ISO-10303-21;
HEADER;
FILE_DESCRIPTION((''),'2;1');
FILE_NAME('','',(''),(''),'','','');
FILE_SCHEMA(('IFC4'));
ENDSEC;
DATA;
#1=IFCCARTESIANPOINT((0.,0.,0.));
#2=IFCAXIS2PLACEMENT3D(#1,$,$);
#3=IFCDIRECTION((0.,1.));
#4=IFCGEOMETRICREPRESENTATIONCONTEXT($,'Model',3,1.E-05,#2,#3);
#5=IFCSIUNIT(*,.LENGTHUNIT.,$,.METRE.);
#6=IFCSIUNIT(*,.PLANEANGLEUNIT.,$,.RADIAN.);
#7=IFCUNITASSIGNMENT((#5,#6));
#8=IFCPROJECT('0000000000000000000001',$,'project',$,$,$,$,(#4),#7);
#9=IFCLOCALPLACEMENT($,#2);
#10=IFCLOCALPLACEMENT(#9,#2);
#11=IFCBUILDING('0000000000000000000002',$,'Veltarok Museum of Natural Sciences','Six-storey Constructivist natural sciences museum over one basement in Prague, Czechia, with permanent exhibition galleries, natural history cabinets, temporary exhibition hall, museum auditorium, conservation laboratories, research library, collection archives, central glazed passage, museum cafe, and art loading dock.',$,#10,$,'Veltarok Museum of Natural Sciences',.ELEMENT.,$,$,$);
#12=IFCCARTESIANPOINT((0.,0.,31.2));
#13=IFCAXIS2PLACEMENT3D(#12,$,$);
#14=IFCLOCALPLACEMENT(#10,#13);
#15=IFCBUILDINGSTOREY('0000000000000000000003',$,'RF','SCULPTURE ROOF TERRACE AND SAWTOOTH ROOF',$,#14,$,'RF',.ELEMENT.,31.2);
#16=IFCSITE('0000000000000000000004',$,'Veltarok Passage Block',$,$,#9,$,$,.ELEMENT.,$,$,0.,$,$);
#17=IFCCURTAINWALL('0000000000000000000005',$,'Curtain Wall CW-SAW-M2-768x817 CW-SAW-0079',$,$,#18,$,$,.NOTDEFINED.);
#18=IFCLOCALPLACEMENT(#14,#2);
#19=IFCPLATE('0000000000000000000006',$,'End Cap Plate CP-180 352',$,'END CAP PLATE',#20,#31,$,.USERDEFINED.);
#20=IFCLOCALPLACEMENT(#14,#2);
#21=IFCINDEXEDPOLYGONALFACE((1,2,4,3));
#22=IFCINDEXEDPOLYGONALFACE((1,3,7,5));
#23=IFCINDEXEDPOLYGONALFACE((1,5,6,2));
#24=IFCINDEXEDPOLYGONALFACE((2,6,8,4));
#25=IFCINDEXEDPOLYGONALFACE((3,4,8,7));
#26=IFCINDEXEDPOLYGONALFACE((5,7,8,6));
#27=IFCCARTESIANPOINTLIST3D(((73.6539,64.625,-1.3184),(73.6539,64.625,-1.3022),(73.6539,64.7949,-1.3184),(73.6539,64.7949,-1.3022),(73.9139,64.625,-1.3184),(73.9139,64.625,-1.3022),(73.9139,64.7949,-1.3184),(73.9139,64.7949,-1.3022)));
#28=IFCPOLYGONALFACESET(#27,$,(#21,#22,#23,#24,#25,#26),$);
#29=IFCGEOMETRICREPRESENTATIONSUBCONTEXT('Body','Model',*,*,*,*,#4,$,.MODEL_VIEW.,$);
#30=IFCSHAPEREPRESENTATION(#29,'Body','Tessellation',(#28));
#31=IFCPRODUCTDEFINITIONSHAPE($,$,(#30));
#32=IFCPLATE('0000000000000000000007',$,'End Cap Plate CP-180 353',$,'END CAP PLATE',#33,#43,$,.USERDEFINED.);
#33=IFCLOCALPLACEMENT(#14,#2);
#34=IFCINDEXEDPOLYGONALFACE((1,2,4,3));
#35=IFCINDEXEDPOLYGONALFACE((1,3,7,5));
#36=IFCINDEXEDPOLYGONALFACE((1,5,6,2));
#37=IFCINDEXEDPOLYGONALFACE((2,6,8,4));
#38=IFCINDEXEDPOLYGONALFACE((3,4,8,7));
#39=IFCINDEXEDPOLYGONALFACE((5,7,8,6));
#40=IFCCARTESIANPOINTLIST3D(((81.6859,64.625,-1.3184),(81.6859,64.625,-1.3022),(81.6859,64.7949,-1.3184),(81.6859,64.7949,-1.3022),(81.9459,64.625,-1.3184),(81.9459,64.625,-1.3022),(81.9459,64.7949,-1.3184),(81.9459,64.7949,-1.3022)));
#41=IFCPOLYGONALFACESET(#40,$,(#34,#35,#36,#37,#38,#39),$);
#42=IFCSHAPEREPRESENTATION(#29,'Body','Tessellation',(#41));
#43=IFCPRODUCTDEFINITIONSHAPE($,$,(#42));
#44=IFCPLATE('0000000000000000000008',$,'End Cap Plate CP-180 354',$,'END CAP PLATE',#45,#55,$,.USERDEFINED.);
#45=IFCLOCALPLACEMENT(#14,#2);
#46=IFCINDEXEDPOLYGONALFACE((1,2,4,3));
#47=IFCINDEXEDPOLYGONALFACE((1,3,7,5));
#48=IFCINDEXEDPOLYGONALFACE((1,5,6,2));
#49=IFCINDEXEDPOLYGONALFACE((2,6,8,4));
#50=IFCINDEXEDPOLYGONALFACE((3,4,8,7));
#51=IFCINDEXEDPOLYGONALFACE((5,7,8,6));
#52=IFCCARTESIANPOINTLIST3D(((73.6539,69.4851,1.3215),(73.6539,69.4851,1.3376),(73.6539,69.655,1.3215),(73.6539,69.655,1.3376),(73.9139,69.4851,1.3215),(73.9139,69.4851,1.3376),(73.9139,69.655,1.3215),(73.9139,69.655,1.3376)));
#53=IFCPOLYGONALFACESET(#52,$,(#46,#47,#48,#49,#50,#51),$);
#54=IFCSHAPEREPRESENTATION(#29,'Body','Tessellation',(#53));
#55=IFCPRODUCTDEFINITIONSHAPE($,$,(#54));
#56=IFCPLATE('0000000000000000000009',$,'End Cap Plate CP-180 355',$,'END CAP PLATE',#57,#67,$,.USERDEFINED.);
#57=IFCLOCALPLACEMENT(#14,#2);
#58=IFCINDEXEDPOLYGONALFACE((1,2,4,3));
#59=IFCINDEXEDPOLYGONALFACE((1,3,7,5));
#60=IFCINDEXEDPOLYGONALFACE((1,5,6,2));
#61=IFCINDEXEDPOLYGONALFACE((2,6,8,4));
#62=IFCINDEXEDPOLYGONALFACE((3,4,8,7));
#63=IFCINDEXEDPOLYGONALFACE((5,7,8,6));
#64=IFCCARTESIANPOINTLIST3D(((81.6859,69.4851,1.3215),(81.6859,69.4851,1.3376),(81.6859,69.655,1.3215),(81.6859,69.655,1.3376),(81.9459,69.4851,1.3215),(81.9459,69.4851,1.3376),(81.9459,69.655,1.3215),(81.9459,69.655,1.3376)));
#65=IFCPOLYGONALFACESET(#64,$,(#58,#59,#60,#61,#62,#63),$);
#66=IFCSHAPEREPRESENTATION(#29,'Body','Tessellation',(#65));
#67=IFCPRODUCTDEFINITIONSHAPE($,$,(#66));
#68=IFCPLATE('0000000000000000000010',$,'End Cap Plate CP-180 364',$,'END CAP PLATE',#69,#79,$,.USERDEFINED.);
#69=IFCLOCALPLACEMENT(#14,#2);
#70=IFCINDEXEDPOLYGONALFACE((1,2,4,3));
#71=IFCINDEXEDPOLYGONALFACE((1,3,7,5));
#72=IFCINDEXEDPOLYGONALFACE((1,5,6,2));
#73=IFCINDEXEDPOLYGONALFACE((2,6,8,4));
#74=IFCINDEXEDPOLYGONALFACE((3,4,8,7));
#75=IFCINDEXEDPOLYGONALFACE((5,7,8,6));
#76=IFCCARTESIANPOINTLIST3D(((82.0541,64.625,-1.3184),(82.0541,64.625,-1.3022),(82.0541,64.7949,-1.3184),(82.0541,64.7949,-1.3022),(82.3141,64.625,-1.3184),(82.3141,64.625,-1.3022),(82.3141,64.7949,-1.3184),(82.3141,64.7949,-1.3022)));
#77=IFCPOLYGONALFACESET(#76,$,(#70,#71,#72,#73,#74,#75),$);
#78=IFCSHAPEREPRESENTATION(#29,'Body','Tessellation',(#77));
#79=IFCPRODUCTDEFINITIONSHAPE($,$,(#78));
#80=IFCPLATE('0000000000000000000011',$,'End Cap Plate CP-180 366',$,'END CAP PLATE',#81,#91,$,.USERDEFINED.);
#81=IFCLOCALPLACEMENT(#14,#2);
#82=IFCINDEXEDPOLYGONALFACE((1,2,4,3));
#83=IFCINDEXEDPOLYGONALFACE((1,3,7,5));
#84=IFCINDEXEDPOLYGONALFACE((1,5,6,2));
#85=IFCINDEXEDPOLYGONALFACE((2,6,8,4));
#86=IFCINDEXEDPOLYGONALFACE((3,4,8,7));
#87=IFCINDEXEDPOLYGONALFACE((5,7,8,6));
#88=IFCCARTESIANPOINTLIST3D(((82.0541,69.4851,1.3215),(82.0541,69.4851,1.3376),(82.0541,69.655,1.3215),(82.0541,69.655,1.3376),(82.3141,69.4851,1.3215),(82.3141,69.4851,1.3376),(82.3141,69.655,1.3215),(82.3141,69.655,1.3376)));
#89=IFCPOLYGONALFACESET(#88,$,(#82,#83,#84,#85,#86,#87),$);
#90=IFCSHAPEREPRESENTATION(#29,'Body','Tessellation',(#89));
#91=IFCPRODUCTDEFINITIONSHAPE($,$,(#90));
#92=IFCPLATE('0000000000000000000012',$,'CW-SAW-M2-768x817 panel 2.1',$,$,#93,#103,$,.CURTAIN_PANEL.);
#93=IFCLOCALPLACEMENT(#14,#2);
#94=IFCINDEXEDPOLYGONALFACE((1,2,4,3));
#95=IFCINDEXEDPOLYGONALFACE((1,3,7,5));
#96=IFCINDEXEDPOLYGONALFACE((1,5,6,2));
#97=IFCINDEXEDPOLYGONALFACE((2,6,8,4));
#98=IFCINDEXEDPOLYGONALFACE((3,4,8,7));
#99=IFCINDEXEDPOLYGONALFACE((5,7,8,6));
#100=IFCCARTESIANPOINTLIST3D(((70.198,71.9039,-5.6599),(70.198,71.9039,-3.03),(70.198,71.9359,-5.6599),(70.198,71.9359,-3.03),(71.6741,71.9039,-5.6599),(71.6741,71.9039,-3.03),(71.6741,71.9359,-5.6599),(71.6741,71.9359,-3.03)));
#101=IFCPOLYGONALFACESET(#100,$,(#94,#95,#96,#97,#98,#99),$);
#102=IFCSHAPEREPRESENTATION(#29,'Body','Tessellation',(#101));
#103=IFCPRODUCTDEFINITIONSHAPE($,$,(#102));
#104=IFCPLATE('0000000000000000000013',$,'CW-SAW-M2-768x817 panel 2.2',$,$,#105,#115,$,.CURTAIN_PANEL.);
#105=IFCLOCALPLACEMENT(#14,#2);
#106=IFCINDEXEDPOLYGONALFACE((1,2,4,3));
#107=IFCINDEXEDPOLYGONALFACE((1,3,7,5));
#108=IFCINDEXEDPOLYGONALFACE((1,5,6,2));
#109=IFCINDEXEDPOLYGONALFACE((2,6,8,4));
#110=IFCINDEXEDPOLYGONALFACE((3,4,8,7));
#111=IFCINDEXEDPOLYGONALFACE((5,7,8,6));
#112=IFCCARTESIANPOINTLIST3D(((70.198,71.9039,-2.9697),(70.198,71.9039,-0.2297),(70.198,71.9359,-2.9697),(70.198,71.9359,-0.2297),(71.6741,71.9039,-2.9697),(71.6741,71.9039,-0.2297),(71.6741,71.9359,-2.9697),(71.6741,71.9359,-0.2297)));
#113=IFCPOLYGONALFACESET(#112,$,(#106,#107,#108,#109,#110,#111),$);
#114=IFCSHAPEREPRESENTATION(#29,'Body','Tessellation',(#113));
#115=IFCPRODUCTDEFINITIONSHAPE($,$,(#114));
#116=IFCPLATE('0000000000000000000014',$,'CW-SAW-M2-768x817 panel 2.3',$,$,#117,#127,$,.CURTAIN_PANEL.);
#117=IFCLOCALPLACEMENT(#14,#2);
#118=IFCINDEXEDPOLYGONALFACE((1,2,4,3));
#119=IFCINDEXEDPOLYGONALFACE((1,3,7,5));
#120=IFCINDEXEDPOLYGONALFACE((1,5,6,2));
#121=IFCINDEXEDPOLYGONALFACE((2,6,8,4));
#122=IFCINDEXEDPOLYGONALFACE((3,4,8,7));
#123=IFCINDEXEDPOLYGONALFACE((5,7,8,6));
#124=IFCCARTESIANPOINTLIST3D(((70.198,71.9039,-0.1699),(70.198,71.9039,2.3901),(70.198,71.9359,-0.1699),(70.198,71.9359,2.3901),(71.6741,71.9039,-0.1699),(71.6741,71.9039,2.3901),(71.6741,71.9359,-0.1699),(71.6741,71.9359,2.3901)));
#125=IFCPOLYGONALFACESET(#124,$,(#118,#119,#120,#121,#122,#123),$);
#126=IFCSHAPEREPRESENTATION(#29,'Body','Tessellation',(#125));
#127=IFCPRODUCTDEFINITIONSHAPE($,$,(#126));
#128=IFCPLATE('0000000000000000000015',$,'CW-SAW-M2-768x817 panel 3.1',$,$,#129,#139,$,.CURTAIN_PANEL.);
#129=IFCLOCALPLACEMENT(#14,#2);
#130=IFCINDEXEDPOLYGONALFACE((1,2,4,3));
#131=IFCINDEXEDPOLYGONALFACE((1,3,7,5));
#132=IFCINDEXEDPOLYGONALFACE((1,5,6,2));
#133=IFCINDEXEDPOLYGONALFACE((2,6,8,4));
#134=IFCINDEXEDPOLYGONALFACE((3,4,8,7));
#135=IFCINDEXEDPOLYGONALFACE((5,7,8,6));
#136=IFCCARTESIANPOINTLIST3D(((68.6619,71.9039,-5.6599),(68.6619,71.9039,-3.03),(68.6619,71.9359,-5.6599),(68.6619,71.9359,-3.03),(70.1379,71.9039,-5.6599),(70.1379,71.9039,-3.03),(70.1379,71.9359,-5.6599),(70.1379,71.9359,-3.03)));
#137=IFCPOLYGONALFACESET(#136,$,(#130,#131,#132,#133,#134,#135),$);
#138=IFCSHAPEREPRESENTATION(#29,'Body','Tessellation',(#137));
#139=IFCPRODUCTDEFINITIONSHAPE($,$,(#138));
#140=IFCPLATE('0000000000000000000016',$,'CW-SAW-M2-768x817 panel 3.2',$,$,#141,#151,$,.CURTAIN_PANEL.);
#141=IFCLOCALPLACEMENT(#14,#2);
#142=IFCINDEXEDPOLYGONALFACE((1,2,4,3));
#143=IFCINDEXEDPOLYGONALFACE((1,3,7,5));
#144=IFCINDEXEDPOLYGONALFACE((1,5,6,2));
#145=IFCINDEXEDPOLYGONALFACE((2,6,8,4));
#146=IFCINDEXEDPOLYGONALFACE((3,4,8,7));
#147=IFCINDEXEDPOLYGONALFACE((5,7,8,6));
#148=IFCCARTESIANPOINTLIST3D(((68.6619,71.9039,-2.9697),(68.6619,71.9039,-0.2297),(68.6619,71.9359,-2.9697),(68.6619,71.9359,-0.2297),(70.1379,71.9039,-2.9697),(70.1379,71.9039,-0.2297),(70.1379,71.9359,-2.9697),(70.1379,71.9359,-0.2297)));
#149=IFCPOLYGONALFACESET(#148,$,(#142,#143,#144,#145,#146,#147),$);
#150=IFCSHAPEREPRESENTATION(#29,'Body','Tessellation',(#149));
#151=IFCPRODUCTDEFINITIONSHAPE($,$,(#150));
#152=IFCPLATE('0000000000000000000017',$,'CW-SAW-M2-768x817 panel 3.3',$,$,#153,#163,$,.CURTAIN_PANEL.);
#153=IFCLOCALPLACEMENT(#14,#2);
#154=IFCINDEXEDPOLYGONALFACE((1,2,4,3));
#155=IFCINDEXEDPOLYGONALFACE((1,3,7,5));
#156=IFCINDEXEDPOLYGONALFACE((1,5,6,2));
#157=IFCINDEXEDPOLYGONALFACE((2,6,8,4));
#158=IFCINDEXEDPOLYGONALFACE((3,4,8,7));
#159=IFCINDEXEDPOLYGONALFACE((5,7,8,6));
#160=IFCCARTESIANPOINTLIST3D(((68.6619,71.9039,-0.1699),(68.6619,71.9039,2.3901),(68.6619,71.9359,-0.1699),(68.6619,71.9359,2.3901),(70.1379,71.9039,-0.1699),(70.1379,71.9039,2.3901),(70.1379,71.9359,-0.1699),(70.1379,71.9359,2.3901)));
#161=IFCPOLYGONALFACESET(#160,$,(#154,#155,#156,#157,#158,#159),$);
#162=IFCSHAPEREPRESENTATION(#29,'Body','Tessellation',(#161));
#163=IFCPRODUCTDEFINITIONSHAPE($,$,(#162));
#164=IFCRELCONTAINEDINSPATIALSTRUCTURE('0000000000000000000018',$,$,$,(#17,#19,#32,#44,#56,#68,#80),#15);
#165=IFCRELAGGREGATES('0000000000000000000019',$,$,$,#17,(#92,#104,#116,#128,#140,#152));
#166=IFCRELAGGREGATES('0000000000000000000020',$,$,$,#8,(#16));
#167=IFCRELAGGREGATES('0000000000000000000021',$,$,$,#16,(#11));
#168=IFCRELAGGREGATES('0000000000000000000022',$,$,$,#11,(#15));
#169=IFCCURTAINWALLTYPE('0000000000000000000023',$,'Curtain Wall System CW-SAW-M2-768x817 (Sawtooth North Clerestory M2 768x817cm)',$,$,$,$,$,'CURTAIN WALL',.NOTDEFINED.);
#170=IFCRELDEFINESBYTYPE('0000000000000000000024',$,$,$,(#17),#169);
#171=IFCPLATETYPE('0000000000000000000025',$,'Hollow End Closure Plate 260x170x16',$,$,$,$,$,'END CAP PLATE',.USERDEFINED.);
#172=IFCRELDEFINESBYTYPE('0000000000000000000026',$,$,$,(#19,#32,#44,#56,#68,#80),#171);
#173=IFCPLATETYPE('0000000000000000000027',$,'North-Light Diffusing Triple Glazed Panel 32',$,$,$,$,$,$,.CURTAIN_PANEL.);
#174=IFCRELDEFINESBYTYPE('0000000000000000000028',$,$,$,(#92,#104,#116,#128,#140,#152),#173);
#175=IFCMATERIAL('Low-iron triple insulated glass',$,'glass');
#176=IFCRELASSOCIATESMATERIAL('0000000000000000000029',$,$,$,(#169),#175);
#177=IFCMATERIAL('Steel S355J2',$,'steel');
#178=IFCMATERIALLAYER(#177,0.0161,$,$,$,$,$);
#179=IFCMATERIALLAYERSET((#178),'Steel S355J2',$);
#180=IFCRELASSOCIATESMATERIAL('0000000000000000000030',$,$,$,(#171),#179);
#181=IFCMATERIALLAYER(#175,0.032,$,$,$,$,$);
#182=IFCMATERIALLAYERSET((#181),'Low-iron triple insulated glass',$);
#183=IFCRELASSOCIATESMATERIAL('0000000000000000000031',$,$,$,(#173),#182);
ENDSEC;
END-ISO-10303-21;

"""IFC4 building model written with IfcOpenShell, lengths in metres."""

from ifc_helpers import new_model, si_unit, direction, frame, origin, origin_2d, place, context, subcontext, project, spatial, rectangle, extrude, material, layer, layer_set, type_object, element, aggregate, save


model = new_model("IFC4")

# Units and contexts
model_context = context("Model", 3, precision=1e-05, world=origin(), true_north=direction((0.0, 1.0)))
body_context = subcontext(model_context, "Body", "Model", "MODEL_VIEW")
ifc_project = project(units=[si_unit("LENGTHUNIT", "METRE"), si_unit("PLANEANGLEUNIT", "RADIAN")], contexts=[model_context])

# Site, building, storey
site_placement = place(None, origin())
site = spatial("IfcSite", under=ifc_project, at=site_placement, Name="Veltarok Passage Block", CompositionType="ELEMENT", RefElevation=0.0)
building_placement = place(site_placement, origin())
building = spatial("IfcBuilding", under=site, at=building_placement, Name="Veltarok Museum of Natural Sciences", Description="Six-storey Constructivist natural sciences museum over one basement in Prague, Czechia, with permanent exhibition galleries, natural history cabinets, temporary exhibition hall, museum auditorium, conservation laboratories, research library, collection archives, central glazed passage, museum cafe, and art loading dock.", LongName="Veltarok Museum of Natural Sciences", CompositionType="ELEMENT")
storey_placement = place(building_placement, frame((0.0, 0.0, 31.2)))
storey = spatial("IfcBuildingStorey", under=building, at=storey_placement, Name="RF", Description="SCULPTURE ROOF TERRACE AND SAWTOOTH ROOF", LongName="RF", CompositionType="ELEMENT", Elevation=31.2)

# Curtain wall
ifc_material_1 = material(Name="Low-iron triple insulated glass", Category="glass")
curtain_wall_type = type_object("IfcCurtainWallType", Name="Curtain Wall System CW-SAW-M2-768x817 (Sawtooth North Clerestory M2 768x817cm)", ElementType="CURTAIN WALL", PredefinedType="NOTDEFINED", material=ifc_material_1)
curtain_wall_placement = place(storey_placement, origin())
curtain_wall = element("IfcCurtainWall", 1, at=curtain_wall_placement, inside=storey, type_object=curtain_wall_type, Name="Curtain Wall CW-SAW-M2-768x817 CW-SAW-0079", PredefinedType="NOTDEFINED")

# Shared definitions
ifc_material_2 = material(Name="Steel S355J2", Category="steel")

# Plates
ifc_layer_1 = layer(ifc_material_2, 0.0161)
ifc_layer_set_1 = layer_set([ifc_layer_1], Name="Steel S355J2")
plate_type_1 = type_object("IfcPlateType", Name="Hollow End Closure Plate 260x170x16", ElementType="END CAP PLATE", PredefinedType="USERDEFINED", material=ifc_layer_set_1)
for number, where, z_axis, x_axis, name in (
    (2, (73.7839, 64.71, -1.3184), (0.0, 0.0, 1.0), (1.0, 0.0, 0.0), "End Cap Plate CP-180 352"),
    (3, (81.8159, 64.71, -1.3184), (0.0, 0.0, 1.0), (1.0, 0.0, 0.0), "End Cap Plate CP-180 353"),
    (4, (73.7839, 69.5701, 1.3215), (0.0, 0.0, 1.0), (1.0, 0.0, 0.0), "End Cap Plate CP-180 354"),
    (5, (81.8159, 69.5701, 1.3215), (0.0, 0.0, 1.0), (1.0, 0.0, 0.0), "End Cap Plate CP-180 355"),
    (6, (82.1841, 64.71, -1.3184), (0.0, 0.0, 1.0), (1.0, 0.0, 0.0), "End Cap Plate CP-180 364"),
    (7, (82.1841, 69.5701, 1.3215), (0.0, 0.0, 1.0), (1.0, 0.0, 0.0), "End Cap Plate CP-180 366"),
):
    element("IfcPlate", number, at=place(storey_placement, frame(where, z_axis=z_axis, x_axis=x_axis)), inside=storey, type_object=plate_type_1, Name=name, ObjectType="END CAP PLATE", PredefinedType="USERDEFINED", context=body_context, shape_type="SweptSolid", body=[
        extrude(rectangle(XDim=0.26, YDim=0.1699, at=origin_2d()), origin(), (0.0, 0.0, 1.0), 0.0161),
    ])

# Plates
ifc_layer_2 = layer(ifc_material_1, 0.032)
ifc_layer_set_2 = layer_set([ifc_layer_2], Name="Low-iron triple insulated glass")
plate_type_2 = type_object("IfcPlateType", Name="North-Light Diffusing Triple Glazed Panel 32", PredefinedType="CURTAIN_PANEL", material=ifc_layer_set_2)
plate_1_placement = place(storey_placement, frame((70.936, 71.9199, -5.6599), z_axis=(0.0, 0.0, 1.0), x_axis=(-1.0, 0.0, 0.0)))
plate_1 = element("IfcPlate", 8, at=plate_1_placement, type_object=plate_type_2, Name="CW-SAW-M2-768x817 panel 2.1", PredefinedType="CURTAIN_PANEL", context=body_context, shape_type="SweptSolid", body=[
    extrude(rectangle(XDim=1.4761, YDim=0.032, at=origin_2d()), origin(), (0.0, 0.0, 1.0), 2.6299),
])
plate_2_placement = place(storey_placement, frame((70.936, 71.9199, -2.9697), z_axis=(0.0, 0.0, 1.0), x_axis=(-1.0, 0.0, 0.0)))
plate_2 = element("IfcPlate", 9, at=plate_2_placement, type_object=plate_type_2, Name="CW-SAW-M2-768x817 panel 2.2", PredefinedType="CURTAIN_PANEL", context=body_context, shape_type="SweptSolid", body=[
    extrude(rectangle(XDim=1.4761, YDim=0.032, at=origin_2d()), origin(), (0.0, 0.0, 1.0), 2.74),
])
plate_3_placement = place(storey_placement, frame((70.936, 71.9199, -0.1699), z_axis=(0.0, 0.0, 1.0), x_axis=(-1.0, 0.0, 0.0)))
plate_3 = element("IfcPlate", 10, at=plate_3_placement, type_object=plate_type_2, Name="CW-SAW-M2-768x817 panel 2.3", PredefinedType="CURTAIN_PANEL", context=body_context, shape_type="SweptSolid", body=[
    extrude(rectangle(XDim=1.4761, YDim=0.032, at=origin_2d()), origin(), (0.0, 0.0, 1.0), 2.5601),
])
plate_4_placement = place(storey_placement, frame((69.3999, 71.9199, -5.6599), z_axis=(0.0, 0.0, 1.0), x_axis=(-1.0, 0.0, 0.0)))
plate_4 = element("IfcPlate", 11, at=plate_4_placement, type_object=plate_type_2, Name="CW-SAW-M2-768x817 panel 3.1", PredefinedType="CURTAIN_PANEL", context=body_context, shape_type="SweptSolid", body=[
    extrude(rectangle(XDim=1.4761, YDim=0.032, at=origin_2d()), origin(), (0.0, 0.0, 1.0), 2.6299),
])
plate_5_placement = place(storey_placement, frame((69.3999, 71.9199, -2.9697), z_axis=(0.0, 0.0, 1.0), x_axis=(-1.0, 0.0, 0.0)))
plate_5 = element("IfcPlate", 12, at=plate_5_placement, type_object=plate_type_2, Name="CW-SAW-M2-768x817 panel 3.2", PredefinedType="CURTAIN_PANEL", context=body_context, shape_type="SweptSolid", body=[
    extrude(rectangle(XDim=1.4761, YDim=0.032, at=origin_2d()), origin(), (0.0, 0.0, 1.0), 2.74),
])
plate_6_placement = place(storey_placement, frame((69.3999, 71.9199, -0.1699), z_axis=(0.0, 0.0, 1.0), x_axis=(-1.0, 0.0, 0.0)))
plate_6 = element("IfcPlate", 13, at=plate_6_placement, type_object=plate_type_2, Name="CW-SAW-M2-768x817 panel 3.3", PredefinedType="CURTAIN_PANEL", context=body_context, shape_type="SweptSolid", body=[
    extrude(rectangle(XDim=1.4761, YDim=0.032, at=origin_2d()), origin(), (0.0, 0.0, 1.0), 2.5601),
])
aggregate(curtain_wall, [plate_1, plate_2, plate_3, plate_4, plate_5, plate_6])

save(model, "model.ifc")
